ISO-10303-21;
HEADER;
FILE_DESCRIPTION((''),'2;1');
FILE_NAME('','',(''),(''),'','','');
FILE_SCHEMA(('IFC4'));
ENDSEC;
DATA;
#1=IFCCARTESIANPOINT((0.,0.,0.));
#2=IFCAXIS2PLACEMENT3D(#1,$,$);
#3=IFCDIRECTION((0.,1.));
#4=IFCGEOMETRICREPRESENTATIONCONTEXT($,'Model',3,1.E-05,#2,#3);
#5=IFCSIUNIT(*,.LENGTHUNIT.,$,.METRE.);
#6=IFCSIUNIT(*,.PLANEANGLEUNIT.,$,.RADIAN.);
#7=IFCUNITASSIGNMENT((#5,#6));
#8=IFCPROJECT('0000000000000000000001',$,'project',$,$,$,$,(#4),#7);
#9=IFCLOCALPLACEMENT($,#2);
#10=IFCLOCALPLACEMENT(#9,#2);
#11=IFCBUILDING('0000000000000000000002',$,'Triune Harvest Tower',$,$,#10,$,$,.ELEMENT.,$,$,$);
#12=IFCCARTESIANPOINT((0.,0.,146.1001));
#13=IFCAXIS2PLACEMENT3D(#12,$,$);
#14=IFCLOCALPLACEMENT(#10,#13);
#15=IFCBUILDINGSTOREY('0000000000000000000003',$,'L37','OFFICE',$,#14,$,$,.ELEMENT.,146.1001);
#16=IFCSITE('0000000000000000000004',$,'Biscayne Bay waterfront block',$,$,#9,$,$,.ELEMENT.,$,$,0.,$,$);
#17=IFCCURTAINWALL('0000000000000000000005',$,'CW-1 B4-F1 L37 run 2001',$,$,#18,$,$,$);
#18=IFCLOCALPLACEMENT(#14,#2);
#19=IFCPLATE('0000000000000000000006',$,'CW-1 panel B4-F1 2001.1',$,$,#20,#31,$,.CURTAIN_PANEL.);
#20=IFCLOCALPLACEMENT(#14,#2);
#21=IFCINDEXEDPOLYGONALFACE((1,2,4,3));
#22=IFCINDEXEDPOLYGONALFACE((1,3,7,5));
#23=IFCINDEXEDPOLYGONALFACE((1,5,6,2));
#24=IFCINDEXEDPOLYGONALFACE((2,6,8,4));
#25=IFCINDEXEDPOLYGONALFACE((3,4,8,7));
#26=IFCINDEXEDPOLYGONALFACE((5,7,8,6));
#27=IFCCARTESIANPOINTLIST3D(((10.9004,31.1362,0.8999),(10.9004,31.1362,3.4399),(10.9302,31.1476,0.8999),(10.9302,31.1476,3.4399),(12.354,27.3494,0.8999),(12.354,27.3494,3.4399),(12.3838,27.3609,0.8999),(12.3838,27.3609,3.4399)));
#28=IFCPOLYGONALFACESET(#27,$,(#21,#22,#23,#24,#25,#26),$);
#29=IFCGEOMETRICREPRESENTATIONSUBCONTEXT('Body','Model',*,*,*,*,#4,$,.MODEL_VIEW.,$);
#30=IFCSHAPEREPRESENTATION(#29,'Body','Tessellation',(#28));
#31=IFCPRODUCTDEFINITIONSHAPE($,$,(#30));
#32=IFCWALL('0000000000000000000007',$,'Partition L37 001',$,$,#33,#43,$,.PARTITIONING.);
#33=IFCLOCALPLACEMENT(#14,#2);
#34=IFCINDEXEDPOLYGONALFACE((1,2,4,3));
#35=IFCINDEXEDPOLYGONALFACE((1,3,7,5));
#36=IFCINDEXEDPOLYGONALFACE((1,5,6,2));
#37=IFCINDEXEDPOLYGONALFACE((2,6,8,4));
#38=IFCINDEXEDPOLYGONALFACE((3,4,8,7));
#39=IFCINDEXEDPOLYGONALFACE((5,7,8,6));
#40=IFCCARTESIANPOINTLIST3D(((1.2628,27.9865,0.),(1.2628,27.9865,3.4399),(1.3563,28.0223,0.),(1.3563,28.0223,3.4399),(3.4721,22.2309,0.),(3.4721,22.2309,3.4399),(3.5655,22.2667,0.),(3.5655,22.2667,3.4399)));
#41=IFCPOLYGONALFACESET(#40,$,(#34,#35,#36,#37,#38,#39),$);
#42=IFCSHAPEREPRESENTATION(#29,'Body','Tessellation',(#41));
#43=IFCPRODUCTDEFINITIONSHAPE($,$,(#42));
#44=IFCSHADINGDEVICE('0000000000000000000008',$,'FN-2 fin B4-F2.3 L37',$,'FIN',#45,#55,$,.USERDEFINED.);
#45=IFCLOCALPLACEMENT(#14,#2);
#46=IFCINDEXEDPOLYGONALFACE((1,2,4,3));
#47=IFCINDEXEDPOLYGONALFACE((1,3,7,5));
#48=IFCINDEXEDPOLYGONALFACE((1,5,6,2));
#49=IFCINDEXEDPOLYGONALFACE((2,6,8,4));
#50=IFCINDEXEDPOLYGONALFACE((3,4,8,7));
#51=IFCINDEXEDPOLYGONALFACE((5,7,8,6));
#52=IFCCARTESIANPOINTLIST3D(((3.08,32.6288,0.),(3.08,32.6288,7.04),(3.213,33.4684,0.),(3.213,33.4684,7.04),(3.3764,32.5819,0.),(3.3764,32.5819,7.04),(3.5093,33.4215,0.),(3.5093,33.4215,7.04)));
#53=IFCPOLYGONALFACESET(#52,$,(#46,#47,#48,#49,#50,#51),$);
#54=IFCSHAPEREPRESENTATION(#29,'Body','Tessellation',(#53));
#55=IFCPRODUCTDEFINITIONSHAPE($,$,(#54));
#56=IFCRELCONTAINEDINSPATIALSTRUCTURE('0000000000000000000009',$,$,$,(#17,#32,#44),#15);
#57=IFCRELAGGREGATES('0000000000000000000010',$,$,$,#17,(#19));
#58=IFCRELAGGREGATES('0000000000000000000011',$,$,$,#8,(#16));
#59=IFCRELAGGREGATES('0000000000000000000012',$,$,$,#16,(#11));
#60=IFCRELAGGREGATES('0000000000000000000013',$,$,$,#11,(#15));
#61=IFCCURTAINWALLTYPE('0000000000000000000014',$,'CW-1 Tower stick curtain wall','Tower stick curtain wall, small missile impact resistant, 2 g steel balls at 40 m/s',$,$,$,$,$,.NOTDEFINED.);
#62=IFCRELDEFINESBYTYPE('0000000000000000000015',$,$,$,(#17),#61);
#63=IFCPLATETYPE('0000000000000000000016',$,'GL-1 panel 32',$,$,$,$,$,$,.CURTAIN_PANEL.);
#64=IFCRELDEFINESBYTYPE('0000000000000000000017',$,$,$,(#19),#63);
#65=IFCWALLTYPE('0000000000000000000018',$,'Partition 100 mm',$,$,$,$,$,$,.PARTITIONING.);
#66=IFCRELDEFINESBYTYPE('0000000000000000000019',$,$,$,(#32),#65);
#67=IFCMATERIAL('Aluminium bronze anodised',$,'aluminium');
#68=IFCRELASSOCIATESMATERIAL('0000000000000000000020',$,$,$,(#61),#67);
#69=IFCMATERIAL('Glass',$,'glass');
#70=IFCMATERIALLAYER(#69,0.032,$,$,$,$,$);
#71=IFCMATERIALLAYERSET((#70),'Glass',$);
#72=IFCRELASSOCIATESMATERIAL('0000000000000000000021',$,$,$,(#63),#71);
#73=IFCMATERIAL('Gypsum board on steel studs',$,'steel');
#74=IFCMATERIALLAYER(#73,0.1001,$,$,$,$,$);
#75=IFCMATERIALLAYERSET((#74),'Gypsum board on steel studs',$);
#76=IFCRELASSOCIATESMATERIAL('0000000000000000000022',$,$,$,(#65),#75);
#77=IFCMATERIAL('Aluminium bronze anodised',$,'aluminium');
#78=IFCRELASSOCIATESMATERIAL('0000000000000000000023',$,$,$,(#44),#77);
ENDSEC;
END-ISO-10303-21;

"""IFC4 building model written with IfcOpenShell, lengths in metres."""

from ifc_helpers import new_model, si_unit, direction, frame, frame_2d, origin, origin_2d, place, context, subcontext, project, spatial, rectangle, extrude, source, transform, mapped, material, layer, layer_set, type_object, element, aggregate, save


model = new_model("IFC4")

# Units and contexts
model_context = context("Model", 3, precision=1e-05, world=origin(), true_north=direction((0.0, 1.0)))
body_context = subcontext(model_context, "Body", "Model", "MODEL_VIEW")
ifc_project = project(units=[si_unit("LENGTHUNIT", "METRE"), si_unit("PLANEANGLEUNIT", "RADIAN")], contexts=[model_context])

# Site, building, storey
site_placement = place(None, origin())
site = spatial("IfcSite", under=ifc_project, at=site_placement, Name="Biscayne Bay waterfront block", CompositionType="ELEMENT", RefElevation=0.0)
building_placement = place(site_placement, origin())
building = spatial("IfcBuilding", under=site, at=building_placement, Name="Triune Harvest Tower", CompositionType="ELEMENT")
storey_placement = place(building_placement, frame((0.0, 0.0, 146.1001)))
storey = spatial("IfcBuildingStorey", under=building, at=storey_placement, Name="L37", Description="OFFICE", CompositionType="ELEMENT", Elevation=146.1001)

# Curtain wall
ifc_material_1 = material(Name="Aluminium bronze anodised", Category="aluminium")
curtain_wall_type_1 = type_object("IfcCurtainWallType", Name="CW-1 Tower stick curtain wall", Description="Tower stick curtain wall, small missile impact resistant, 2 g steel balls at 40 m/s", PredefinedType="NOTDEFINED", material=ifc_material_1)
curtain_wall_1_placement = place(storey_placement, origin())
curtain_wall_1 = element("IfcCurtainWall", 1, at=curtain_wall_1_placement, inside=storey, type_object=curtain_wall_type_1, Name="CW-1 B4-F1 L37 run 2001")

# Plate
ifc_material_2 = material(Name="Glass", Category="glass")
ifc_layer_1 = layer(ifc_material_2, 0.032)
ifc_layer_set_1 = layer_set([ifc_layer_1], Name="Glass")
plate_type = type_object("IfcPlateType", Name="GL-1 panel 32", PredefinedType="CURTAIN_PANEL", material=ifc_layer_set_1)
shared_shape_1 = source(origin(), body_context, "Body", "SweptSolid", [
    extrude(rectangle(XDim=4.0562, YDim=0.032, at=origin_2d()), origin(), (0.0, 0.0, 1.0), 2.54),
])
plate_1_placement = place(storey_placement, frame((11.6421, 29.2485, 0.8999), z_axis=(0.0, 0.0, 1.0), x_axis=(-0.358368, 0.933581, 0.0)))
plate_1 = element("IfcPlate", 2, at=plate_1_placement, type_object=plate_type, Name="CW-1 panel B4-F1 2001.1", PredefinedType="CURTAIN_PANEL", context=body_context, shape_type="MappedRepresentation", body=[
    mapped(shared_shape_1, transform((0.0, 0.0, 0.0), scale=1.0)),
])
aggregate(curtain_wall_1, [plate_1])

# Wall
ifc_material_3 = material(Name="Gypsum board on steel studs", Category="steel")
ifc_layer_2 = layer(ifc_material_3, 0.1001)
ifc_layer_set_2 = layer_set([ifc_layer_2], Name="Gypsum board on steel studs")
wall_type = type_object("IfcWallType", Name="Partition 100 mm", PredefinedType="PARTITIONING", material=ifc_layer_set_2)
shared_shape_2 = source(origin(), body_context, "Body", "SweptSolid", [
    extrude(rectangle(XDim=6.165, YDim=0.1001, at=frame_2d((3.0825, 0.0))), origin(), (0.0, 0.0, 1.0), 3.4399),
])
wall_placement = place(storey_placement, frame((1.3096, 28.0044, 0.0), z_axis=(0.0, 0.0, 1.0), x_axis=(0.358347, -0.933588, 0.0)))
element("IfcWall", 3, at=wall_placement, inside=storey, type_object=wall_type, Name="Partition L37 001", PredefinedType="PARTITIONING", context=body_context, shape_type="MappedRepresentation", body=[
    mapped(shared_shape_2, transform((0.0, 0.0, 0.0), scale=1.0)),
])

# Shading device
ifc_material_4 = material(Name="Aluminium bronze anodised", Category="aluminium")
shared_shape_3 = source(origin(), body_context, "Body", "SweptSolid", [
    extrude(rectangle(XDim=0.3, YDim=0.8501, at=origin_2d()), origin(), (0.0, 0.0, 1.0), 7.04),
])
shading_device_placement = place(storey_placement, frame((3.2947, 33.0251, 0.0), z_axis=(0.0, 0.0, 1.0), x_axis=(-0.987689, 0.156433, 0.0)))
element("IfcShadingDevice", 4, at=shading_device_placement, inside=storey, material=ifc_material_4, Name="FN-2 fin B4-F2.3 L37", ObjectType="FIN", PredefinedType="USERDEFINED", context=body_context, shape_type="MappedRepresentation", body=[
    mapped(shared_shape_3, transform((0.0, 0.0, 0.0), scale=1.0)),
])

save(model, "model.ifc")
